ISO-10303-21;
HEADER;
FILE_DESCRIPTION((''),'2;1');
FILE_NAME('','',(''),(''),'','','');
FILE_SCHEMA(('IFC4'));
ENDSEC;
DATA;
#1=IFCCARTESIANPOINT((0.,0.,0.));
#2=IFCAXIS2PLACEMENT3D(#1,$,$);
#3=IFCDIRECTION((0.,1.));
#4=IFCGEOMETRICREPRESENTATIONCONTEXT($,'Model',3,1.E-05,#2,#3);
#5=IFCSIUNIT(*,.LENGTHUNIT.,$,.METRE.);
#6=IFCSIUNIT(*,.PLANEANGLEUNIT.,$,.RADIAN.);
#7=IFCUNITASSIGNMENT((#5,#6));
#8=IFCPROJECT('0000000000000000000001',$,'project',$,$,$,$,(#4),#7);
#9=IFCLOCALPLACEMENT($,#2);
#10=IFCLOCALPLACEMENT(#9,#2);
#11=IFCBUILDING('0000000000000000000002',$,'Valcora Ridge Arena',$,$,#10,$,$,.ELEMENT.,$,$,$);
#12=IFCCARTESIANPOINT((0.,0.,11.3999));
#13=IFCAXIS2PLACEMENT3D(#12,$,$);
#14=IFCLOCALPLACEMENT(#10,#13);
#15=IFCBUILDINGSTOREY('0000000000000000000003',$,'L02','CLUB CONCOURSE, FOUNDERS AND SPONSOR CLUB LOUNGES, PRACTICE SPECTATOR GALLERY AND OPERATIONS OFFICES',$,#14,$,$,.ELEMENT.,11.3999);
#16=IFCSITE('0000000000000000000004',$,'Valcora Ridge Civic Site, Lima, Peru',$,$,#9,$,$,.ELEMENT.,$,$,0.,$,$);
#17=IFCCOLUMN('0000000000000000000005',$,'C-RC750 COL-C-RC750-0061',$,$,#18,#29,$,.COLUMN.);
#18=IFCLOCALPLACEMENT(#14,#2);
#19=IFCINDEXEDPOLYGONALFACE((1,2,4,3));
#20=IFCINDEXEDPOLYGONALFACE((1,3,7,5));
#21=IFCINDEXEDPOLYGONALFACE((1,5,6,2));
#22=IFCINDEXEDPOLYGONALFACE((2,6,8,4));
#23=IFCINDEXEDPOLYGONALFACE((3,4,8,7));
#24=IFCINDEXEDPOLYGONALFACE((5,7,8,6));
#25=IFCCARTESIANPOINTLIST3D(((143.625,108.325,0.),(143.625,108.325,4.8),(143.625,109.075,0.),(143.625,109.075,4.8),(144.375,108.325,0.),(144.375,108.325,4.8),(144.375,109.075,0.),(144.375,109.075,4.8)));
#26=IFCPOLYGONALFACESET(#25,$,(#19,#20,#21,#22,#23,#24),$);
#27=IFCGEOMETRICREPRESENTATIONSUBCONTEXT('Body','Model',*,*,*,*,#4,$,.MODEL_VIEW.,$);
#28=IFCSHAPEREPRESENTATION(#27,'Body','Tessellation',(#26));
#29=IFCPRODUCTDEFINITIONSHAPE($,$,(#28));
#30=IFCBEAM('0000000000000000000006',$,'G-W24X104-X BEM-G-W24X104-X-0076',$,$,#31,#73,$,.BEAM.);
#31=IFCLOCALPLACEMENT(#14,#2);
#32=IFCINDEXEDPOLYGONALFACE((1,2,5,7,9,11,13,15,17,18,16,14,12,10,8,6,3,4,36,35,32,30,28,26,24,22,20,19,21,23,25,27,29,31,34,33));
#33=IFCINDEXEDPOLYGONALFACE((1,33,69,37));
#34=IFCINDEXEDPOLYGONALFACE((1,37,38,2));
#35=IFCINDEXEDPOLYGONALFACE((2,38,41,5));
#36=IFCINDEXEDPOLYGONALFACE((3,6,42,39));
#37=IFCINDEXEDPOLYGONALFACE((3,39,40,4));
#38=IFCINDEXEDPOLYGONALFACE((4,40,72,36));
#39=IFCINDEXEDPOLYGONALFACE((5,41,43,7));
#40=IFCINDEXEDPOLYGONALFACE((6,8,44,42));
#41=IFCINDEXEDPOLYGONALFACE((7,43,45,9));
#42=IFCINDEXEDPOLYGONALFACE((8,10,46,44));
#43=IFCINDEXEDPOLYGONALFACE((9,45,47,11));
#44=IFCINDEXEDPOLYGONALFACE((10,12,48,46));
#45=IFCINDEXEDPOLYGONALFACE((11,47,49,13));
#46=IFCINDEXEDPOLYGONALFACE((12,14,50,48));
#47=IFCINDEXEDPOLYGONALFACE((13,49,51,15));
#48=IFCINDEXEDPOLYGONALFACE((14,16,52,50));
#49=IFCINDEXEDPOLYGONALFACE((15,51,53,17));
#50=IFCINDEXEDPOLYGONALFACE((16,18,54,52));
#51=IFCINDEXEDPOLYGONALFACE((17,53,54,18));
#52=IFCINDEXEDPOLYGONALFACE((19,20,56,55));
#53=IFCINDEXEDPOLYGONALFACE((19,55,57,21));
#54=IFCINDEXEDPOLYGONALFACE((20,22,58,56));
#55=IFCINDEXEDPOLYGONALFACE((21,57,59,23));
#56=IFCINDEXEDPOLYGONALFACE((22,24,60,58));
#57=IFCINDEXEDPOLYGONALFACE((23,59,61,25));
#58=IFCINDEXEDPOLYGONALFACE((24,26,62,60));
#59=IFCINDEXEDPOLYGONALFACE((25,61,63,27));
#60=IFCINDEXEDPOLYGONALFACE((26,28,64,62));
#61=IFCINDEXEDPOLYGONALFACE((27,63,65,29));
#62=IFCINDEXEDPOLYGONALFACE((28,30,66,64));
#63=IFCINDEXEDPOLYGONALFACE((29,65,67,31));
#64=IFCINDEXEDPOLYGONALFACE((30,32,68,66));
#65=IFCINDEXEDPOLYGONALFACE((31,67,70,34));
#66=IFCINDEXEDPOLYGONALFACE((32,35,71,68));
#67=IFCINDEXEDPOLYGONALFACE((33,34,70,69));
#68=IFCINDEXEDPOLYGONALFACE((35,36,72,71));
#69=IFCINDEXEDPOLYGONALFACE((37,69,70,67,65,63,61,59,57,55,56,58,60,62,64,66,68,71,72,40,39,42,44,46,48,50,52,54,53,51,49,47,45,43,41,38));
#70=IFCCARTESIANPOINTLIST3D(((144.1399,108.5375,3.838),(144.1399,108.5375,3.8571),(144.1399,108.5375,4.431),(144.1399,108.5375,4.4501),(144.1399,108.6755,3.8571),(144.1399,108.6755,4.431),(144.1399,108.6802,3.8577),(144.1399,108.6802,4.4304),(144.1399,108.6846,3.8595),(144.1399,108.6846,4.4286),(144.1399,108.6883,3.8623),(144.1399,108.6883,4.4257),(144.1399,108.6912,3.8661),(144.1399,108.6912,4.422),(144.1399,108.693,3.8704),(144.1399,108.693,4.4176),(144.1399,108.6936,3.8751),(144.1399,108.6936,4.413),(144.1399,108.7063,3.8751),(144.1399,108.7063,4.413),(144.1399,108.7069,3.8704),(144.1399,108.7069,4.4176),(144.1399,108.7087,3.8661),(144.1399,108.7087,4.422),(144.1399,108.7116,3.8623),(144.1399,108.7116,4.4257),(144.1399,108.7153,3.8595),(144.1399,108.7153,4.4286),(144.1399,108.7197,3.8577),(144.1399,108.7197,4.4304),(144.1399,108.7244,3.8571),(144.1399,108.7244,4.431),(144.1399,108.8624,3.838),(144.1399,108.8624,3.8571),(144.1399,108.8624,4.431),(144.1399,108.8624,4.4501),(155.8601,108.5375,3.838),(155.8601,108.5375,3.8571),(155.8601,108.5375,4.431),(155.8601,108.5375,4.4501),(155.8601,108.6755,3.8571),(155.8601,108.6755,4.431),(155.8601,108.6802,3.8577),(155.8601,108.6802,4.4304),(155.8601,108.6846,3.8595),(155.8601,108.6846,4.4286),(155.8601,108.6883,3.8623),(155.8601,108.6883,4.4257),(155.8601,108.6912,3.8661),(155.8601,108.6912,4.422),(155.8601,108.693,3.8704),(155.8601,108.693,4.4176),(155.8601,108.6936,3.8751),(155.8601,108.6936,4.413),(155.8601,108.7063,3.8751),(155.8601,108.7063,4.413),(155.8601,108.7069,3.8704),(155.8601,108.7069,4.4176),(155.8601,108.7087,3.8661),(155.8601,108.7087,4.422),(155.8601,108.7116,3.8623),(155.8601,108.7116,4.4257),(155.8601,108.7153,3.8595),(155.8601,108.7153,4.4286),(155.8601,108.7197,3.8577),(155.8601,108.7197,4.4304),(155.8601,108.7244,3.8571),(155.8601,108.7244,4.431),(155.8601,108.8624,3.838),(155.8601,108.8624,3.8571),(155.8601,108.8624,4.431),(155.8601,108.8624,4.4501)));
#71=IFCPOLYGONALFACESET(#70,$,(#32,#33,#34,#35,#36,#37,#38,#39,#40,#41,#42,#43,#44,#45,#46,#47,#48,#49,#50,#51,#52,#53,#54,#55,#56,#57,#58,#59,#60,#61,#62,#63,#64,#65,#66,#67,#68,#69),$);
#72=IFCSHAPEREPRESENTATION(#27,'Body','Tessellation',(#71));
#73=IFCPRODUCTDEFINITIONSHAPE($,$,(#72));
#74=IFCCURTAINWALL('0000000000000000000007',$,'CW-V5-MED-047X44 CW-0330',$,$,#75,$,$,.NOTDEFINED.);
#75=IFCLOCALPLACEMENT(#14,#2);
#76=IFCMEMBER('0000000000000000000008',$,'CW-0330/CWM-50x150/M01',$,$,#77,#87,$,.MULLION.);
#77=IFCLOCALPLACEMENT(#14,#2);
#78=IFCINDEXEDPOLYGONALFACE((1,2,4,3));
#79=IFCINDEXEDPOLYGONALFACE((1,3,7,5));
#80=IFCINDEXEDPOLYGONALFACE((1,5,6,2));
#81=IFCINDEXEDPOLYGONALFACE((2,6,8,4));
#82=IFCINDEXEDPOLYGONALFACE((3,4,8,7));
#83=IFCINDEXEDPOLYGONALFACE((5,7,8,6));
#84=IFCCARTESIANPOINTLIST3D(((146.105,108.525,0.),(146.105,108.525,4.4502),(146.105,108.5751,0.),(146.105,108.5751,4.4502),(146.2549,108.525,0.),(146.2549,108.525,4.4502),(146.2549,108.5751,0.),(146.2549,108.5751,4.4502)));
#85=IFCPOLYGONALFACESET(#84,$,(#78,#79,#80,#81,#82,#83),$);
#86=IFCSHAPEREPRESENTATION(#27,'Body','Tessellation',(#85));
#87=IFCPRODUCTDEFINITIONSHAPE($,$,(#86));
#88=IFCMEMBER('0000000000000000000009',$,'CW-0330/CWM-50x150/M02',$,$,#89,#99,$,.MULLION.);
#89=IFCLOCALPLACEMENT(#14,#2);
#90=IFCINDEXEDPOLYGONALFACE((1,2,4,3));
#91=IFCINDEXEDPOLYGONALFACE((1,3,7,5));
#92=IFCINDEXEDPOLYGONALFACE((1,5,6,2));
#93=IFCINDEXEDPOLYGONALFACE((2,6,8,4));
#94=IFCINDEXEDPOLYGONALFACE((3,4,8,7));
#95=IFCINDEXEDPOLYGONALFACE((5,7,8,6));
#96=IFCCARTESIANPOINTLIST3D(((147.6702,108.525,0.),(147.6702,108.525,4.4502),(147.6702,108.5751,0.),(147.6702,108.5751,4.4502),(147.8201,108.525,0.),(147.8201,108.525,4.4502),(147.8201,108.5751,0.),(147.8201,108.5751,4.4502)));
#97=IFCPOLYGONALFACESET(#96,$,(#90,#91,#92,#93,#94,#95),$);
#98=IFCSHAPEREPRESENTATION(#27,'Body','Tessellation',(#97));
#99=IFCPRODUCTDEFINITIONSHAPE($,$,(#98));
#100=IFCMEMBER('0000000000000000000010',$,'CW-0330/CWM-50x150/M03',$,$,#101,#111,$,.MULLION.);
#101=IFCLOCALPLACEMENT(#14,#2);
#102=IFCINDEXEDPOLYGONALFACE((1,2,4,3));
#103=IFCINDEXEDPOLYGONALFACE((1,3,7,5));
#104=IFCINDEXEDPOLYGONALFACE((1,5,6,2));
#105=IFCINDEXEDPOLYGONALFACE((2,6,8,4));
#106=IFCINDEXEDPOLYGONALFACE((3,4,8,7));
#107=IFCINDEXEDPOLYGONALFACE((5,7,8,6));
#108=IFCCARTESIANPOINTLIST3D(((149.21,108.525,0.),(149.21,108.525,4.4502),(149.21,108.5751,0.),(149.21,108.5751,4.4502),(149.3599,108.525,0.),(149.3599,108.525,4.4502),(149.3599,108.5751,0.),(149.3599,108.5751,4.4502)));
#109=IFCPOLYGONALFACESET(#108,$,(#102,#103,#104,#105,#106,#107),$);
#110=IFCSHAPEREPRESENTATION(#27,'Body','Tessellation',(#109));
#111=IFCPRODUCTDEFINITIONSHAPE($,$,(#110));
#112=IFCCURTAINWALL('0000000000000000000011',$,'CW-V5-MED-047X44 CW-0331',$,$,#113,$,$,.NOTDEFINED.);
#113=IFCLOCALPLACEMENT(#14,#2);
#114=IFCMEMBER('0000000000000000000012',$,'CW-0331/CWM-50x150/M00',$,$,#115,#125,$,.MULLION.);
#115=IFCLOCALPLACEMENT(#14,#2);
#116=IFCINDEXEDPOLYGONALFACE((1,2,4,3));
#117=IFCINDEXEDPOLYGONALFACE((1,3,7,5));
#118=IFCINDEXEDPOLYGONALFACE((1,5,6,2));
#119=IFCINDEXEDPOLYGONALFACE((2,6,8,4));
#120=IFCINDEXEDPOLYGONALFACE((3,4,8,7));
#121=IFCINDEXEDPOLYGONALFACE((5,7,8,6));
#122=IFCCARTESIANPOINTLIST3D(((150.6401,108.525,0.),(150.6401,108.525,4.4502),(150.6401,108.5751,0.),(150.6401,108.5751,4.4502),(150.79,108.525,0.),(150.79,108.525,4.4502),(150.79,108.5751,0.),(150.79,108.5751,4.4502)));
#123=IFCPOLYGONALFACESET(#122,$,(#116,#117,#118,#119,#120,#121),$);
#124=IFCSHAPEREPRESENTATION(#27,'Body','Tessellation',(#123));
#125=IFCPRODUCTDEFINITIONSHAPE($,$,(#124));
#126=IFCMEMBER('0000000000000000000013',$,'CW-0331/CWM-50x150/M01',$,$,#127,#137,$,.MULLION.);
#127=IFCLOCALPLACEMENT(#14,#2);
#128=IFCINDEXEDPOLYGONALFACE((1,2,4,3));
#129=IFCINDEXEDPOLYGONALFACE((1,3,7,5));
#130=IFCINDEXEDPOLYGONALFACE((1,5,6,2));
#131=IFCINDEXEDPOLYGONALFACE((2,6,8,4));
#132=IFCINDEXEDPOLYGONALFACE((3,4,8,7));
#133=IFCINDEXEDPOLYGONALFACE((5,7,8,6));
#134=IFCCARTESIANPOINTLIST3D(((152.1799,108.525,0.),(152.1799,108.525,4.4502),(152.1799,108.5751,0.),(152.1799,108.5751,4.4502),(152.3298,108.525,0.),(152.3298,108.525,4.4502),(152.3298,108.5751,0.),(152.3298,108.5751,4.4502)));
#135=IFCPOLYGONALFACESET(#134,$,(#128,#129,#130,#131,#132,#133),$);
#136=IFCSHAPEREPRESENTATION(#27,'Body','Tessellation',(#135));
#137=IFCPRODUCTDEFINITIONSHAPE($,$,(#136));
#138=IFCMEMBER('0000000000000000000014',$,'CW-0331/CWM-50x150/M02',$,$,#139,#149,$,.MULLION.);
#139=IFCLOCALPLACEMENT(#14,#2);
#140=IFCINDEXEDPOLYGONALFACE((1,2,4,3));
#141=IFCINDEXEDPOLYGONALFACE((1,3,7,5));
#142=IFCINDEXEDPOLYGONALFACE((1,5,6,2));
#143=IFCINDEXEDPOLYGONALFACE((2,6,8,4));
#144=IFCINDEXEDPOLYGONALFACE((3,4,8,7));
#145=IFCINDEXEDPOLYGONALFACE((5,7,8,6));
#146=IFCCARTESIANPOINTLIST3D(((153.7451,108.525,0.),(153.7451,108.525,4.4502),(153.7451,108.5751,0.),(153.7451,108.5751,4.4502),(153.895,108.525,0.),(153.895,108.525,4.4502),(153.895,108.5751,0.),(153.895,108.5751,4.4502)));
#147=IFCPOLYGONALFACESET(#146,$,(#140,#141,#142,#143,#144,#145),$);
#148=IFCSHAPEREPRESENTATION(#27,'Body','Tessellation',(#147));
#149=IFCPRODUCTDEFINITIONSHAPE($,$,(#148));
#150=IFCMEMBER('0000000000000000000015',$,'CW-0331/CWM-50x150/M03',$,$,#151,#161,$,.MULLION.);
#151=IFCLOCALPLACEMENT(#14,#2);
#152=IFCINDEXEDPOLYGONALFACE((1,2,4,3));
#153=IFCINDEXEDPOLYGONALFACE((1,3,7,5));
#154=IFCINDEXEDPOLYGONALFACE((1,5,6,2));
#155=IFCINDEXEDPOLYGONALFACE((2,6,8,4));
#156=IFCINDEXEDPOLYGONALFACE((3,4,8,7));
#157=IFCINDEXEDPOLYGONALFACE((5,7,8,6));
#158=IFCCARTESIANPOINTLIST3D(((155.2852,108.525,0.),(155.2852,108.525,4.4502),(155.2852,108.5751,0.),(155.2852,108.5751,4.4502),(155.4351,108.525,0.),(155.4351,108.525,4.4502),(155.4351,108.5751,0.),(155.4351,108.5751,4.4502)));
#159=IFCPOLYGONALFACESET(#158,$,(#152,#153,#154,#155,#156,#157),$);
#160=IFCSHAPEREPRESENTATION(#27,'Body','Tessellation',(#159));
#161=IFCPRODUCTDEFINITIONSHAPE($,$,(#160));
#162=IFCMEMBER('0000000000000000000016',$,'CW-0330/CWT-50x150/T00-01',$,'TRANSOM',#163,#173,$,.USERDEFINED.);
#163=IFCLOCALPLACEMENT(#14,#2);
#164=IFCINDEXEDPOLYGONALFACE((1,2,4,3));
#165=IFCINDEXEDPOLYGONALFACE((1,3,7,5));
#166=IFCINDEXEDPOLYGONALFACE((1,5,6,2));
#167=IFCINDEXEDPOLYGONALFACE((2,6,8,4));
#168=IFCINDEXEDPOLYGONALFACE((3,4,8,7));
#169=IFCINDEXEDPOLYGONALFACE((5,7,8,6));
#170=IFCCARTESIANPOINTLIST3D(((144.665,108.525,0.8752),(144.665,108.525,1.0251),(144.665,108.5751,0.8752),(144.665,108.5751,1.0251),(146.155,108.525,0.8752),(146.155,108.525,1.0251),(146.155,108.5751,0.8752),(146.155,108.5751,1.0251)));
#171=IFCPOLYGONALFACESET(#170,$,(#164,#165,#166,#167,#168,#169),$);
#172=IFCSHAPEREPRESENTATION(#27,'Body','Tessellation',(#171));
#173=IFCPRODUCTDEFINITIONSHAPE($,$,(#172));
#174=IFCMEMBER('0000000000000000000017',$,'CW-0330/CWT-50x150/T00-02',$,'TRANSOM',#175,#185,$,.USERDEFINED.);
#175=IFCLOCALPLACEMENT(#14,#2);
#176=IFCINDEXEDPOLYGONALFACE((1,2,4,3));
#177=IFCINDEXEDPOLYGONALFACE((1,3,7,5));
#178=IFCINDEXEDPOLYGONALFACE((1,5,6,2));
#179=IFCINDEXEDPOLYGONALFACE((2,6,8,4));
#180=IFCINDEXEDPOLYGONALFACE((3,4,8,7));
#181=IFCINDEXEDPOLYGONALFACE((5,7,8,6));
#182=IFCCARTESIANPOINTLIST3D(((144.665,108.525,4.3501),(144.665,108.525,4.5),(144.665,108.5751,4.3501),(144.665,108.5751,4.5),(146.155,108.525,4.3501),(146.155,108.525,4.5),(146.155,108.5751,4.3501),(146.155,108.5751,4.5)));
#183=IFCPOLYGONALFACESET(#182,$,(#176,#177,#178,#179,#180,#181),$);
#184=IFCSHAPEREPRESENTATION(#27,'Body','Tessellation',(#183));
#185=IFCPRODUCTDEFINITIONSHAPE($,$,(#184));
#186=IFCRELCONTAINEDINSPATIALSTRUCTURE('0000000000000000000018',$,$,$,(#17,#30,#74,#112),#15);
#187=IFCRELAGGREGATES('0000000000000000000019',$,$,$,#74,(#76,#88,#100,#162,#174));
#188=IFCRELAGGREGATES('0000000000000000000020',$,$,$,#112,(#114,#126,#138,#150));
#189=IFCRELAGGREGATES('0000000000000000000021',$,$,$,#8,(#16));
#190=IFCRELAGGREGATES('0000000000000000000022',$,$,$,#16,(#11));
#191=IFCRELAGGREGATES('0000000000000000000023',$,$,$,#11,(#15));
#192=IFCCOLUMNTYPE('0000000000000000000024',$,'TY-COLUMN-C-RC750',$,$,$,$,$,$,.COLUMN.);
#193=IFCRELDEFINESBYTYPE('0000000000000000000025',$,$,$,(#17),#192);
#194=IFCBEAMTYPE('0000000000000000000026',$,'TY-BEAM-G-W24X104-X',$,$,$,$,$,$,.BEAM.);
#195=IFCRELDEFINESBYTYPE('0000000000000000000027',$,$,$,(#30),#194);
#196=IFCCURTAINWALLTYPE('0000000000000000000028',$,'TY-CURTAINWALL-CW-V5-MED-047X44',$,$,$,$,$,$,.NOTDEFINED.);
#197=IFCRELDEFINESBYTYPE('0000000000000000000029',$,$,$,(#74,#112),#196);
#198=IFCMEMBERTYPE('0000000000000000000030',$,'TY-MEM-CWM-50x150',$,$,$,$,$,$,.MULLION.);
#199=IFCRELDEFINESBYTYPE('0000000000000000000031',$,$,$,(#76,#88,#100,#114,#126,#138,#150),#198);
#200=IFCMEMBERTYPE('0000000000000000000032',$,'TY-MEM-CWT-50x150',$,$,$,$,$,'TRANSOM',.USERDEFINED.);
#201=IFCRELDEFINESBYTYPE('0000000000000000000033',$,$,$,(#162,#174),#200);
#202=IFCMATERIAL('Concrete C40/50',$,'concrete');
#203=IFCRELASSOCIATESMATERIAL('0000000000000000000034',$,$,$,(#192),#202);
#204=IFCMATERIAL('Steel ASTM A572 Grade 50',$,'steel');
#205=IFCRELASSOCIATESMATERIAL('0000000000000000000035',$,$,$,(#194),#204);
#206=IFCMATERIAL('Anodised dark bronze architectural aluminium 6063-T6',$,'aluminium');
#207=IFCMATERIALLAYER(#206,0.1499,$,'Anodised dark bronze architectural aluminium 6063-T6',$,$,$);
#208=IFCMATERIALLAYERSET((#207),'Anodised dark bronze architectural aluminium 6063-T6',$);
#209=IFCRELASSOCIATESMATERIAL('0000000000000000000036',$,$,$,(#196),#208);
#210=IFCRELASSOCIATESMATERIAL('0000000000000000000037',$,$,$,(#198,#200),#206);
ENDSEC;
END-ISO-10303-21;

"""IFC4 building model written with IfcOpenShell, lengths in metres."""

from ifc_helpers import new_model, si_unit, direction, frame, origin, origin_2d, place, context, subcontext, project, spatial, rectangle, i_section, extrude, material, layer, layer_set, material_profile, profile_set, type_object, element, aggregate, save


model = new_model("IFC4")

# Units and contexts
model_context = context("Model", 3, precision=1e-05, world=origin(), true_north=direction((0.0, 1.0)))
body_context = subcontext(model_context, "Body", "Model", "MODEL_VIEW")
ifc_project = project(units=[si_unit("LENGTHUNIT", "METRE"), si_unit("PLANEANGLEUNIT", "RADIAN")], contexts=[model_context])

# Site, building, storey
site_placement = place(None, origin())
site = spatial("IfcSite", under=ifc_project, at=site_placement, Name="Valcora Ridge Civic Site, Lima, Peru", CompositionType="ELEMENT", RefElevation=0.0)
building_placement = place(site_placement, origin())
building = spatial("IfcBuilding", under=site, at=building_placement, Name="Valcora Ridge Arena", CompositionType="ELEMENT")
storey_placement = place(building_placement, frame((0.0, 0.0, 11.3999)))
storey = spatial("IfcBuildingStorey", under=building, at=storey_placement, Name="L02", Description="CLUB CONCOURSE, FOUNDERS AND SPONSOR CLUB LOUNGES, PRACTICE SPECTATOR GALLERY AND OPERATIONS OFFICES", CompositionType="ELEMENT", Elevation=11.3999)

# Column
ifc_material_1 = material(Name="Concrete C40/50", Category="concrete")
ifc_material_profile_1 = material_profile(ifc_material_1, rectangle(XDim=0.75, YDim=0.75, at=origin_2d()), Name="RC 750x750")
ifc_profile_set_1 = profile_set([ifc_material_profile_1], Name="Concrete C40/50")
column_type = type_object("IfcColumnType", Name="TY-COLUMN-C-RC750", PredefinedType="COLUMN", material=ifc_profile_set_1)
column_placement = place(storey_placement, frame((144.0, 108.7, 0.0), z_axis=(0.0, 0.0, 1.0), x_axis=(1.0, 0.0, 0.0)))
element("IfcColumn", 1, at=column_placement, inside=storey, type_object=column_type, Name="C-RC750 COL-C-RC750-0061", PredefinedType="COLUMN", context=body_context, shape_type="SweptSolid", body=[
    extrude(rectangle(XDim=0.75, YDim=0.75, at=origin_2d()), origin(), (0.0, 0.0, 1.0), 4.8),
])

# Beam
ifc_material_2 = material(Name="Steel ASTM A572 Grade 50", Category="steel")
ifc_material_profile_2 = material_profile(ifc_material_2, i_section(OverallWidth=0.325, OverallDepth=0.6121, WebThickness=0.0127, FlangeThickness=0.019, FilletRadius=0.0181, at=origin_2d()), Name="W24X104")
ifc_profile_set_2 = profile_set([ifc_material_profile_2], Name="Steel ASTM A572 Grade 50")
beam_type = type_object("IfcBeamType", Name="TY-BEAM-G-W24X104-X", PredefinedType="BEAM", material=ifc_profile_set_2)
beam_placement = place(storey_placement, frame((144.1399, 108.7, 4.144), z_axis=(1.0, 0.0, 0.0), x_axis=(0.0, 1.0, 0.0)))
element("IfcBeam", 2, at=beam_placement, inside=storey, type_object=beam_type, Name="G-W24X104-X BEM-G-W24X104-X-0076", PredefinedType="BEAM", context=body_context, shape_type="SweptSolid", body=[
    extrude(i_section(OverallWidth=0.325, OverallDepth=0.6121, WebThickness=0.0127, FlangeThickness=0.019, FilletRadius=0.0181, at=origin_2d()), origin(), (0.0, 0.0, 1.0), 11.7202),
])

# Curtain walls, members
ifc_material_3 = material(Name="Anodised dark bronze architectural aluminium 6063-T6", Category="aluminium")
ifc_layer_1 = layer(ifc_material_3, 0.1499, Name="Anodised dark bronze architectural aluminium 6063-T6")
ifc_layer_set_1 = layer_set([ifc_layer_1], Name="Anodised dark bronze architectural aluminium 6063-T6")
curtain_wall_type = type_object("IfcCurtainWallType", Name="TY-CURTAINWALL-CW-V5-MED-047X44", PredefinedType="NOTDEFINED", material=ifc_layer_set_1)
curtain_wall_1_placement = place(storey_placement, origin())
curtain_wall_1 = element("IfcCurtainWall", 3, at=curtain_wall_1_placement, inside=storey, type_object=curtain_wall_type, Name="CW-V5-MED-047X44 CW-0330", PredefinedType="NOTDEFINED")
ifc_material_profile_3 = material_profile(ifc_material_3, rectangle(XDim=0.05, YDim=0.1499, at=origin_2d()), Name="ALU MULLION 50x150")
ifc_profile_set_3 = profile_set([ifc_material_profile_3], Name="Anodised dark bronze architectural aluminium 6063-T6")
member_type_1 = type_object("IfcMemberType", Name="TY-MEM-CWM-50x150", PredefinedType="MULLION", material=ifc_profile_set_3)
member_1_placement = place(storey_placement, frame((146.1799, 108.55, 0.0), z_axis=(0.0, 0.0, 1.0), x_axis=(0.0, 1.0, 0.0)))
member_1 = element("IfcMember", 4, at=member_1_placement, type_object=member_type_1, Name="CW-0330/CWM-50x150/M01", PredefinedType="MULLION", context=body_context, shape_type="SweptSolid", body=[
    extrude(rectangle(XDim=0.05, YDim=0.1499, at=origin_2d()), origin(), (0.0, 0.0, 1.0), 4.4502),
])
member_2_placement = place(storey_placement, frame((147.7451, 108.55, 0.0), z_axis=(0.0, 0.0, 1.0), x_axis=(0.0, 1.0, 0.0)))
member_2 = element("IfcMember", 5, at=member_2_placement, type_object=member_type_1, Name="CW-0330/CWM-50x150/M02", PredefinedType="MULLION", context=body_context, shape_type="SweptSolid", body=[
    extrude(rectangle(XDim=0.05, YDim=0.1499, at=origin_2d()), origin(), (0.0, 0.0, 1.0), 4.4502),
])
member_3_placement = place(storey_placement, frame((149.2849, 108.55, 0.0), z_axis=(0.0, 0.0, 1.0), x_axis=(0.0, 1.0, 0.0)))
member_3 = element("IfcMember", 6, at=member_3_placement, type_object=member_type_1, Name="CW-0330/CWM-50x150/M03", PredefinedType="MULLION", context=body_context, shape_type="SweptSolid", body=[
    extrude(rectangle(XDim=0.05, YDim=0.1499, at=origin_2d()), origin(), (0.0, 0.0, 1.0), 4.4502),
])
curtain_wall_2_placement = place(storey_placement, origin())
curtain_wall_2 = element("IfcCurtainWall", 7, at=curtain_wall_2_placement, inside=storey, type_object=curtain_wall_type, Name="CW-V5-MED-047X44 CW-0331", PredefinedType="NOTDEFINED")
member_4_placement = place(storey_placement, frame((150.7151, 108.55, 0.0), z_axis=(0.0, 0.0, 1.0), x_axis=(0.0, 1.0, 0.0)))
member_4 = element("IfcMember", 8, at=member_4_placement, type_object=member_type_1, Name="CW-0331/CWM-50x150/M00", PredefinedType="MULLION", context=body_context, shape_type="SweptSolid", body=[
    extrude(rectangle(XDim=0.05, YDim=0.1499, at=origin_2d()), origin(), (0.0, 0.0, 1.0), 4.4502),
])
member_5_placement = place(storey_placement, frame((152.2549, 108.55, 0.0), z_axis=(0.0, 0.0, 1.0), x_axis=(0.0, 1.0, 0.0)))
member_5 = element("IfcMember", 9, at=member_5_placement, type_object=member_type_1, Name="CW-0331/CWM-50x150/M01", PredefinedType="MULLION", context=body_context, shape_type="SweptSolid", body=[
    extrude(rectangle(XDim=0.05, YDim=0.1499, at=origin_2d()), origin(), (0.0, 0.0, 1.0), 4.4502),
])
member_6_placement = place(storey_placement, frame((153.8201, 108.55, 0.0), z_axis=(0.0, 0.0, 1.0), x_axis=(0.0, 1.0, 0.0)))
member_6 = element("IfcMember", 10, at=member_6_placement, type_object=member_type_1, Name="CW-0331/CWM-50x150/M02", PredefinedType="MULLION", context=body_context, shape_type="SweptSolid", body=[
    extrude(rectangle(XDim=0.05, YDim=0.1499, at=origin_2d()), origin(), (0.0, 0.0, 1.0), 4.4502),
])
member_7_placement = place(storey_placement, frame((155.3601, 108.55, 0.0), z_axis=(0.0, 0.0, 1.0), x_axis=(0.0, 1.0, 0.0)))
member_7 = element("IfcMember", 11, at=member_7_placement, type_object=member_type_1, Name="CW-0331/CWM-50x150/M03", PredefinedType="MULLION", context=body_context, shape_type="SweptSolid", body=[
    extrude(rectangle(XDim=0.05, YDim=0.1499, at=origin_2d()), origin(), (0.0, 0.0, 1.0), 4.4502),
])

# Members
ifc_material_profile_4 = material_profile(ifc_material_3, rectangle(XDim=0.05, YDim=0.1499, at=origin_2d()), Name="ALU TRANSOM 50x150")
ifc_profile_set_4 = profile_set([ifc_material_profile_4], Name="Anodised dark bronze architectural aluminium 6063-T6")
member_type_2 = type_object("IfcMemberType", Name="TY-MEM-CWT-50x150", ElementType="TRANSOM", PredefinedType="USERDEFINED", material=ifc_profile_set_4)
member_8_placement = place(storey_placement, frame((144.665, 108.55, 0.9502), z_axis=(1.0, 0.0, 0.0), x_axis=(0.0, 1.0, 0.0)))
member_8 = element("IfcMember", 12, at=member_8_placement, type_object=member_type_2, Name="CW-0330/CWT-50x150/T00-01", ObjectType="TRANSOM", PredefinedType="USERDEFINED", context=body_context, shape_type="SweptSolid", body=[
    extrude(rectangle(XDim=0.05, YDim=0.1499, at=origin_2d()), origin(), (0.0, 0.0, 1.0), 1.49),
])
member_9_placement = place(storey_placement, frame((144.665, 108.55, 4.425), z_axis=(1.0, 0.0, 0.0), x_axis=(0.0, 1.0, 0.0)))
member_9 = element("IfcMember", 13, at=member_9_placement, type_object=member_type_2, Name="CW-0330/CWT-50x150/T00-02", ObjectType="TRANSOM", PredefinedType="USERDEFINED", context=body_context, shape_type="SweptSolid", body=[
    extrude(rectangle(XDim=0.05, YDim=0.1499, at=origin_2d()), origin(), (0.0, 0.0, 1.0), 1.49),
])

aggregate(curtain_wall_1, [member_1, member_2, member_3, member_8, member_9])
aggregate(curtain_wall_2, [member_4, member_5, member_6, member_7])

save(model, "model.ifc")
